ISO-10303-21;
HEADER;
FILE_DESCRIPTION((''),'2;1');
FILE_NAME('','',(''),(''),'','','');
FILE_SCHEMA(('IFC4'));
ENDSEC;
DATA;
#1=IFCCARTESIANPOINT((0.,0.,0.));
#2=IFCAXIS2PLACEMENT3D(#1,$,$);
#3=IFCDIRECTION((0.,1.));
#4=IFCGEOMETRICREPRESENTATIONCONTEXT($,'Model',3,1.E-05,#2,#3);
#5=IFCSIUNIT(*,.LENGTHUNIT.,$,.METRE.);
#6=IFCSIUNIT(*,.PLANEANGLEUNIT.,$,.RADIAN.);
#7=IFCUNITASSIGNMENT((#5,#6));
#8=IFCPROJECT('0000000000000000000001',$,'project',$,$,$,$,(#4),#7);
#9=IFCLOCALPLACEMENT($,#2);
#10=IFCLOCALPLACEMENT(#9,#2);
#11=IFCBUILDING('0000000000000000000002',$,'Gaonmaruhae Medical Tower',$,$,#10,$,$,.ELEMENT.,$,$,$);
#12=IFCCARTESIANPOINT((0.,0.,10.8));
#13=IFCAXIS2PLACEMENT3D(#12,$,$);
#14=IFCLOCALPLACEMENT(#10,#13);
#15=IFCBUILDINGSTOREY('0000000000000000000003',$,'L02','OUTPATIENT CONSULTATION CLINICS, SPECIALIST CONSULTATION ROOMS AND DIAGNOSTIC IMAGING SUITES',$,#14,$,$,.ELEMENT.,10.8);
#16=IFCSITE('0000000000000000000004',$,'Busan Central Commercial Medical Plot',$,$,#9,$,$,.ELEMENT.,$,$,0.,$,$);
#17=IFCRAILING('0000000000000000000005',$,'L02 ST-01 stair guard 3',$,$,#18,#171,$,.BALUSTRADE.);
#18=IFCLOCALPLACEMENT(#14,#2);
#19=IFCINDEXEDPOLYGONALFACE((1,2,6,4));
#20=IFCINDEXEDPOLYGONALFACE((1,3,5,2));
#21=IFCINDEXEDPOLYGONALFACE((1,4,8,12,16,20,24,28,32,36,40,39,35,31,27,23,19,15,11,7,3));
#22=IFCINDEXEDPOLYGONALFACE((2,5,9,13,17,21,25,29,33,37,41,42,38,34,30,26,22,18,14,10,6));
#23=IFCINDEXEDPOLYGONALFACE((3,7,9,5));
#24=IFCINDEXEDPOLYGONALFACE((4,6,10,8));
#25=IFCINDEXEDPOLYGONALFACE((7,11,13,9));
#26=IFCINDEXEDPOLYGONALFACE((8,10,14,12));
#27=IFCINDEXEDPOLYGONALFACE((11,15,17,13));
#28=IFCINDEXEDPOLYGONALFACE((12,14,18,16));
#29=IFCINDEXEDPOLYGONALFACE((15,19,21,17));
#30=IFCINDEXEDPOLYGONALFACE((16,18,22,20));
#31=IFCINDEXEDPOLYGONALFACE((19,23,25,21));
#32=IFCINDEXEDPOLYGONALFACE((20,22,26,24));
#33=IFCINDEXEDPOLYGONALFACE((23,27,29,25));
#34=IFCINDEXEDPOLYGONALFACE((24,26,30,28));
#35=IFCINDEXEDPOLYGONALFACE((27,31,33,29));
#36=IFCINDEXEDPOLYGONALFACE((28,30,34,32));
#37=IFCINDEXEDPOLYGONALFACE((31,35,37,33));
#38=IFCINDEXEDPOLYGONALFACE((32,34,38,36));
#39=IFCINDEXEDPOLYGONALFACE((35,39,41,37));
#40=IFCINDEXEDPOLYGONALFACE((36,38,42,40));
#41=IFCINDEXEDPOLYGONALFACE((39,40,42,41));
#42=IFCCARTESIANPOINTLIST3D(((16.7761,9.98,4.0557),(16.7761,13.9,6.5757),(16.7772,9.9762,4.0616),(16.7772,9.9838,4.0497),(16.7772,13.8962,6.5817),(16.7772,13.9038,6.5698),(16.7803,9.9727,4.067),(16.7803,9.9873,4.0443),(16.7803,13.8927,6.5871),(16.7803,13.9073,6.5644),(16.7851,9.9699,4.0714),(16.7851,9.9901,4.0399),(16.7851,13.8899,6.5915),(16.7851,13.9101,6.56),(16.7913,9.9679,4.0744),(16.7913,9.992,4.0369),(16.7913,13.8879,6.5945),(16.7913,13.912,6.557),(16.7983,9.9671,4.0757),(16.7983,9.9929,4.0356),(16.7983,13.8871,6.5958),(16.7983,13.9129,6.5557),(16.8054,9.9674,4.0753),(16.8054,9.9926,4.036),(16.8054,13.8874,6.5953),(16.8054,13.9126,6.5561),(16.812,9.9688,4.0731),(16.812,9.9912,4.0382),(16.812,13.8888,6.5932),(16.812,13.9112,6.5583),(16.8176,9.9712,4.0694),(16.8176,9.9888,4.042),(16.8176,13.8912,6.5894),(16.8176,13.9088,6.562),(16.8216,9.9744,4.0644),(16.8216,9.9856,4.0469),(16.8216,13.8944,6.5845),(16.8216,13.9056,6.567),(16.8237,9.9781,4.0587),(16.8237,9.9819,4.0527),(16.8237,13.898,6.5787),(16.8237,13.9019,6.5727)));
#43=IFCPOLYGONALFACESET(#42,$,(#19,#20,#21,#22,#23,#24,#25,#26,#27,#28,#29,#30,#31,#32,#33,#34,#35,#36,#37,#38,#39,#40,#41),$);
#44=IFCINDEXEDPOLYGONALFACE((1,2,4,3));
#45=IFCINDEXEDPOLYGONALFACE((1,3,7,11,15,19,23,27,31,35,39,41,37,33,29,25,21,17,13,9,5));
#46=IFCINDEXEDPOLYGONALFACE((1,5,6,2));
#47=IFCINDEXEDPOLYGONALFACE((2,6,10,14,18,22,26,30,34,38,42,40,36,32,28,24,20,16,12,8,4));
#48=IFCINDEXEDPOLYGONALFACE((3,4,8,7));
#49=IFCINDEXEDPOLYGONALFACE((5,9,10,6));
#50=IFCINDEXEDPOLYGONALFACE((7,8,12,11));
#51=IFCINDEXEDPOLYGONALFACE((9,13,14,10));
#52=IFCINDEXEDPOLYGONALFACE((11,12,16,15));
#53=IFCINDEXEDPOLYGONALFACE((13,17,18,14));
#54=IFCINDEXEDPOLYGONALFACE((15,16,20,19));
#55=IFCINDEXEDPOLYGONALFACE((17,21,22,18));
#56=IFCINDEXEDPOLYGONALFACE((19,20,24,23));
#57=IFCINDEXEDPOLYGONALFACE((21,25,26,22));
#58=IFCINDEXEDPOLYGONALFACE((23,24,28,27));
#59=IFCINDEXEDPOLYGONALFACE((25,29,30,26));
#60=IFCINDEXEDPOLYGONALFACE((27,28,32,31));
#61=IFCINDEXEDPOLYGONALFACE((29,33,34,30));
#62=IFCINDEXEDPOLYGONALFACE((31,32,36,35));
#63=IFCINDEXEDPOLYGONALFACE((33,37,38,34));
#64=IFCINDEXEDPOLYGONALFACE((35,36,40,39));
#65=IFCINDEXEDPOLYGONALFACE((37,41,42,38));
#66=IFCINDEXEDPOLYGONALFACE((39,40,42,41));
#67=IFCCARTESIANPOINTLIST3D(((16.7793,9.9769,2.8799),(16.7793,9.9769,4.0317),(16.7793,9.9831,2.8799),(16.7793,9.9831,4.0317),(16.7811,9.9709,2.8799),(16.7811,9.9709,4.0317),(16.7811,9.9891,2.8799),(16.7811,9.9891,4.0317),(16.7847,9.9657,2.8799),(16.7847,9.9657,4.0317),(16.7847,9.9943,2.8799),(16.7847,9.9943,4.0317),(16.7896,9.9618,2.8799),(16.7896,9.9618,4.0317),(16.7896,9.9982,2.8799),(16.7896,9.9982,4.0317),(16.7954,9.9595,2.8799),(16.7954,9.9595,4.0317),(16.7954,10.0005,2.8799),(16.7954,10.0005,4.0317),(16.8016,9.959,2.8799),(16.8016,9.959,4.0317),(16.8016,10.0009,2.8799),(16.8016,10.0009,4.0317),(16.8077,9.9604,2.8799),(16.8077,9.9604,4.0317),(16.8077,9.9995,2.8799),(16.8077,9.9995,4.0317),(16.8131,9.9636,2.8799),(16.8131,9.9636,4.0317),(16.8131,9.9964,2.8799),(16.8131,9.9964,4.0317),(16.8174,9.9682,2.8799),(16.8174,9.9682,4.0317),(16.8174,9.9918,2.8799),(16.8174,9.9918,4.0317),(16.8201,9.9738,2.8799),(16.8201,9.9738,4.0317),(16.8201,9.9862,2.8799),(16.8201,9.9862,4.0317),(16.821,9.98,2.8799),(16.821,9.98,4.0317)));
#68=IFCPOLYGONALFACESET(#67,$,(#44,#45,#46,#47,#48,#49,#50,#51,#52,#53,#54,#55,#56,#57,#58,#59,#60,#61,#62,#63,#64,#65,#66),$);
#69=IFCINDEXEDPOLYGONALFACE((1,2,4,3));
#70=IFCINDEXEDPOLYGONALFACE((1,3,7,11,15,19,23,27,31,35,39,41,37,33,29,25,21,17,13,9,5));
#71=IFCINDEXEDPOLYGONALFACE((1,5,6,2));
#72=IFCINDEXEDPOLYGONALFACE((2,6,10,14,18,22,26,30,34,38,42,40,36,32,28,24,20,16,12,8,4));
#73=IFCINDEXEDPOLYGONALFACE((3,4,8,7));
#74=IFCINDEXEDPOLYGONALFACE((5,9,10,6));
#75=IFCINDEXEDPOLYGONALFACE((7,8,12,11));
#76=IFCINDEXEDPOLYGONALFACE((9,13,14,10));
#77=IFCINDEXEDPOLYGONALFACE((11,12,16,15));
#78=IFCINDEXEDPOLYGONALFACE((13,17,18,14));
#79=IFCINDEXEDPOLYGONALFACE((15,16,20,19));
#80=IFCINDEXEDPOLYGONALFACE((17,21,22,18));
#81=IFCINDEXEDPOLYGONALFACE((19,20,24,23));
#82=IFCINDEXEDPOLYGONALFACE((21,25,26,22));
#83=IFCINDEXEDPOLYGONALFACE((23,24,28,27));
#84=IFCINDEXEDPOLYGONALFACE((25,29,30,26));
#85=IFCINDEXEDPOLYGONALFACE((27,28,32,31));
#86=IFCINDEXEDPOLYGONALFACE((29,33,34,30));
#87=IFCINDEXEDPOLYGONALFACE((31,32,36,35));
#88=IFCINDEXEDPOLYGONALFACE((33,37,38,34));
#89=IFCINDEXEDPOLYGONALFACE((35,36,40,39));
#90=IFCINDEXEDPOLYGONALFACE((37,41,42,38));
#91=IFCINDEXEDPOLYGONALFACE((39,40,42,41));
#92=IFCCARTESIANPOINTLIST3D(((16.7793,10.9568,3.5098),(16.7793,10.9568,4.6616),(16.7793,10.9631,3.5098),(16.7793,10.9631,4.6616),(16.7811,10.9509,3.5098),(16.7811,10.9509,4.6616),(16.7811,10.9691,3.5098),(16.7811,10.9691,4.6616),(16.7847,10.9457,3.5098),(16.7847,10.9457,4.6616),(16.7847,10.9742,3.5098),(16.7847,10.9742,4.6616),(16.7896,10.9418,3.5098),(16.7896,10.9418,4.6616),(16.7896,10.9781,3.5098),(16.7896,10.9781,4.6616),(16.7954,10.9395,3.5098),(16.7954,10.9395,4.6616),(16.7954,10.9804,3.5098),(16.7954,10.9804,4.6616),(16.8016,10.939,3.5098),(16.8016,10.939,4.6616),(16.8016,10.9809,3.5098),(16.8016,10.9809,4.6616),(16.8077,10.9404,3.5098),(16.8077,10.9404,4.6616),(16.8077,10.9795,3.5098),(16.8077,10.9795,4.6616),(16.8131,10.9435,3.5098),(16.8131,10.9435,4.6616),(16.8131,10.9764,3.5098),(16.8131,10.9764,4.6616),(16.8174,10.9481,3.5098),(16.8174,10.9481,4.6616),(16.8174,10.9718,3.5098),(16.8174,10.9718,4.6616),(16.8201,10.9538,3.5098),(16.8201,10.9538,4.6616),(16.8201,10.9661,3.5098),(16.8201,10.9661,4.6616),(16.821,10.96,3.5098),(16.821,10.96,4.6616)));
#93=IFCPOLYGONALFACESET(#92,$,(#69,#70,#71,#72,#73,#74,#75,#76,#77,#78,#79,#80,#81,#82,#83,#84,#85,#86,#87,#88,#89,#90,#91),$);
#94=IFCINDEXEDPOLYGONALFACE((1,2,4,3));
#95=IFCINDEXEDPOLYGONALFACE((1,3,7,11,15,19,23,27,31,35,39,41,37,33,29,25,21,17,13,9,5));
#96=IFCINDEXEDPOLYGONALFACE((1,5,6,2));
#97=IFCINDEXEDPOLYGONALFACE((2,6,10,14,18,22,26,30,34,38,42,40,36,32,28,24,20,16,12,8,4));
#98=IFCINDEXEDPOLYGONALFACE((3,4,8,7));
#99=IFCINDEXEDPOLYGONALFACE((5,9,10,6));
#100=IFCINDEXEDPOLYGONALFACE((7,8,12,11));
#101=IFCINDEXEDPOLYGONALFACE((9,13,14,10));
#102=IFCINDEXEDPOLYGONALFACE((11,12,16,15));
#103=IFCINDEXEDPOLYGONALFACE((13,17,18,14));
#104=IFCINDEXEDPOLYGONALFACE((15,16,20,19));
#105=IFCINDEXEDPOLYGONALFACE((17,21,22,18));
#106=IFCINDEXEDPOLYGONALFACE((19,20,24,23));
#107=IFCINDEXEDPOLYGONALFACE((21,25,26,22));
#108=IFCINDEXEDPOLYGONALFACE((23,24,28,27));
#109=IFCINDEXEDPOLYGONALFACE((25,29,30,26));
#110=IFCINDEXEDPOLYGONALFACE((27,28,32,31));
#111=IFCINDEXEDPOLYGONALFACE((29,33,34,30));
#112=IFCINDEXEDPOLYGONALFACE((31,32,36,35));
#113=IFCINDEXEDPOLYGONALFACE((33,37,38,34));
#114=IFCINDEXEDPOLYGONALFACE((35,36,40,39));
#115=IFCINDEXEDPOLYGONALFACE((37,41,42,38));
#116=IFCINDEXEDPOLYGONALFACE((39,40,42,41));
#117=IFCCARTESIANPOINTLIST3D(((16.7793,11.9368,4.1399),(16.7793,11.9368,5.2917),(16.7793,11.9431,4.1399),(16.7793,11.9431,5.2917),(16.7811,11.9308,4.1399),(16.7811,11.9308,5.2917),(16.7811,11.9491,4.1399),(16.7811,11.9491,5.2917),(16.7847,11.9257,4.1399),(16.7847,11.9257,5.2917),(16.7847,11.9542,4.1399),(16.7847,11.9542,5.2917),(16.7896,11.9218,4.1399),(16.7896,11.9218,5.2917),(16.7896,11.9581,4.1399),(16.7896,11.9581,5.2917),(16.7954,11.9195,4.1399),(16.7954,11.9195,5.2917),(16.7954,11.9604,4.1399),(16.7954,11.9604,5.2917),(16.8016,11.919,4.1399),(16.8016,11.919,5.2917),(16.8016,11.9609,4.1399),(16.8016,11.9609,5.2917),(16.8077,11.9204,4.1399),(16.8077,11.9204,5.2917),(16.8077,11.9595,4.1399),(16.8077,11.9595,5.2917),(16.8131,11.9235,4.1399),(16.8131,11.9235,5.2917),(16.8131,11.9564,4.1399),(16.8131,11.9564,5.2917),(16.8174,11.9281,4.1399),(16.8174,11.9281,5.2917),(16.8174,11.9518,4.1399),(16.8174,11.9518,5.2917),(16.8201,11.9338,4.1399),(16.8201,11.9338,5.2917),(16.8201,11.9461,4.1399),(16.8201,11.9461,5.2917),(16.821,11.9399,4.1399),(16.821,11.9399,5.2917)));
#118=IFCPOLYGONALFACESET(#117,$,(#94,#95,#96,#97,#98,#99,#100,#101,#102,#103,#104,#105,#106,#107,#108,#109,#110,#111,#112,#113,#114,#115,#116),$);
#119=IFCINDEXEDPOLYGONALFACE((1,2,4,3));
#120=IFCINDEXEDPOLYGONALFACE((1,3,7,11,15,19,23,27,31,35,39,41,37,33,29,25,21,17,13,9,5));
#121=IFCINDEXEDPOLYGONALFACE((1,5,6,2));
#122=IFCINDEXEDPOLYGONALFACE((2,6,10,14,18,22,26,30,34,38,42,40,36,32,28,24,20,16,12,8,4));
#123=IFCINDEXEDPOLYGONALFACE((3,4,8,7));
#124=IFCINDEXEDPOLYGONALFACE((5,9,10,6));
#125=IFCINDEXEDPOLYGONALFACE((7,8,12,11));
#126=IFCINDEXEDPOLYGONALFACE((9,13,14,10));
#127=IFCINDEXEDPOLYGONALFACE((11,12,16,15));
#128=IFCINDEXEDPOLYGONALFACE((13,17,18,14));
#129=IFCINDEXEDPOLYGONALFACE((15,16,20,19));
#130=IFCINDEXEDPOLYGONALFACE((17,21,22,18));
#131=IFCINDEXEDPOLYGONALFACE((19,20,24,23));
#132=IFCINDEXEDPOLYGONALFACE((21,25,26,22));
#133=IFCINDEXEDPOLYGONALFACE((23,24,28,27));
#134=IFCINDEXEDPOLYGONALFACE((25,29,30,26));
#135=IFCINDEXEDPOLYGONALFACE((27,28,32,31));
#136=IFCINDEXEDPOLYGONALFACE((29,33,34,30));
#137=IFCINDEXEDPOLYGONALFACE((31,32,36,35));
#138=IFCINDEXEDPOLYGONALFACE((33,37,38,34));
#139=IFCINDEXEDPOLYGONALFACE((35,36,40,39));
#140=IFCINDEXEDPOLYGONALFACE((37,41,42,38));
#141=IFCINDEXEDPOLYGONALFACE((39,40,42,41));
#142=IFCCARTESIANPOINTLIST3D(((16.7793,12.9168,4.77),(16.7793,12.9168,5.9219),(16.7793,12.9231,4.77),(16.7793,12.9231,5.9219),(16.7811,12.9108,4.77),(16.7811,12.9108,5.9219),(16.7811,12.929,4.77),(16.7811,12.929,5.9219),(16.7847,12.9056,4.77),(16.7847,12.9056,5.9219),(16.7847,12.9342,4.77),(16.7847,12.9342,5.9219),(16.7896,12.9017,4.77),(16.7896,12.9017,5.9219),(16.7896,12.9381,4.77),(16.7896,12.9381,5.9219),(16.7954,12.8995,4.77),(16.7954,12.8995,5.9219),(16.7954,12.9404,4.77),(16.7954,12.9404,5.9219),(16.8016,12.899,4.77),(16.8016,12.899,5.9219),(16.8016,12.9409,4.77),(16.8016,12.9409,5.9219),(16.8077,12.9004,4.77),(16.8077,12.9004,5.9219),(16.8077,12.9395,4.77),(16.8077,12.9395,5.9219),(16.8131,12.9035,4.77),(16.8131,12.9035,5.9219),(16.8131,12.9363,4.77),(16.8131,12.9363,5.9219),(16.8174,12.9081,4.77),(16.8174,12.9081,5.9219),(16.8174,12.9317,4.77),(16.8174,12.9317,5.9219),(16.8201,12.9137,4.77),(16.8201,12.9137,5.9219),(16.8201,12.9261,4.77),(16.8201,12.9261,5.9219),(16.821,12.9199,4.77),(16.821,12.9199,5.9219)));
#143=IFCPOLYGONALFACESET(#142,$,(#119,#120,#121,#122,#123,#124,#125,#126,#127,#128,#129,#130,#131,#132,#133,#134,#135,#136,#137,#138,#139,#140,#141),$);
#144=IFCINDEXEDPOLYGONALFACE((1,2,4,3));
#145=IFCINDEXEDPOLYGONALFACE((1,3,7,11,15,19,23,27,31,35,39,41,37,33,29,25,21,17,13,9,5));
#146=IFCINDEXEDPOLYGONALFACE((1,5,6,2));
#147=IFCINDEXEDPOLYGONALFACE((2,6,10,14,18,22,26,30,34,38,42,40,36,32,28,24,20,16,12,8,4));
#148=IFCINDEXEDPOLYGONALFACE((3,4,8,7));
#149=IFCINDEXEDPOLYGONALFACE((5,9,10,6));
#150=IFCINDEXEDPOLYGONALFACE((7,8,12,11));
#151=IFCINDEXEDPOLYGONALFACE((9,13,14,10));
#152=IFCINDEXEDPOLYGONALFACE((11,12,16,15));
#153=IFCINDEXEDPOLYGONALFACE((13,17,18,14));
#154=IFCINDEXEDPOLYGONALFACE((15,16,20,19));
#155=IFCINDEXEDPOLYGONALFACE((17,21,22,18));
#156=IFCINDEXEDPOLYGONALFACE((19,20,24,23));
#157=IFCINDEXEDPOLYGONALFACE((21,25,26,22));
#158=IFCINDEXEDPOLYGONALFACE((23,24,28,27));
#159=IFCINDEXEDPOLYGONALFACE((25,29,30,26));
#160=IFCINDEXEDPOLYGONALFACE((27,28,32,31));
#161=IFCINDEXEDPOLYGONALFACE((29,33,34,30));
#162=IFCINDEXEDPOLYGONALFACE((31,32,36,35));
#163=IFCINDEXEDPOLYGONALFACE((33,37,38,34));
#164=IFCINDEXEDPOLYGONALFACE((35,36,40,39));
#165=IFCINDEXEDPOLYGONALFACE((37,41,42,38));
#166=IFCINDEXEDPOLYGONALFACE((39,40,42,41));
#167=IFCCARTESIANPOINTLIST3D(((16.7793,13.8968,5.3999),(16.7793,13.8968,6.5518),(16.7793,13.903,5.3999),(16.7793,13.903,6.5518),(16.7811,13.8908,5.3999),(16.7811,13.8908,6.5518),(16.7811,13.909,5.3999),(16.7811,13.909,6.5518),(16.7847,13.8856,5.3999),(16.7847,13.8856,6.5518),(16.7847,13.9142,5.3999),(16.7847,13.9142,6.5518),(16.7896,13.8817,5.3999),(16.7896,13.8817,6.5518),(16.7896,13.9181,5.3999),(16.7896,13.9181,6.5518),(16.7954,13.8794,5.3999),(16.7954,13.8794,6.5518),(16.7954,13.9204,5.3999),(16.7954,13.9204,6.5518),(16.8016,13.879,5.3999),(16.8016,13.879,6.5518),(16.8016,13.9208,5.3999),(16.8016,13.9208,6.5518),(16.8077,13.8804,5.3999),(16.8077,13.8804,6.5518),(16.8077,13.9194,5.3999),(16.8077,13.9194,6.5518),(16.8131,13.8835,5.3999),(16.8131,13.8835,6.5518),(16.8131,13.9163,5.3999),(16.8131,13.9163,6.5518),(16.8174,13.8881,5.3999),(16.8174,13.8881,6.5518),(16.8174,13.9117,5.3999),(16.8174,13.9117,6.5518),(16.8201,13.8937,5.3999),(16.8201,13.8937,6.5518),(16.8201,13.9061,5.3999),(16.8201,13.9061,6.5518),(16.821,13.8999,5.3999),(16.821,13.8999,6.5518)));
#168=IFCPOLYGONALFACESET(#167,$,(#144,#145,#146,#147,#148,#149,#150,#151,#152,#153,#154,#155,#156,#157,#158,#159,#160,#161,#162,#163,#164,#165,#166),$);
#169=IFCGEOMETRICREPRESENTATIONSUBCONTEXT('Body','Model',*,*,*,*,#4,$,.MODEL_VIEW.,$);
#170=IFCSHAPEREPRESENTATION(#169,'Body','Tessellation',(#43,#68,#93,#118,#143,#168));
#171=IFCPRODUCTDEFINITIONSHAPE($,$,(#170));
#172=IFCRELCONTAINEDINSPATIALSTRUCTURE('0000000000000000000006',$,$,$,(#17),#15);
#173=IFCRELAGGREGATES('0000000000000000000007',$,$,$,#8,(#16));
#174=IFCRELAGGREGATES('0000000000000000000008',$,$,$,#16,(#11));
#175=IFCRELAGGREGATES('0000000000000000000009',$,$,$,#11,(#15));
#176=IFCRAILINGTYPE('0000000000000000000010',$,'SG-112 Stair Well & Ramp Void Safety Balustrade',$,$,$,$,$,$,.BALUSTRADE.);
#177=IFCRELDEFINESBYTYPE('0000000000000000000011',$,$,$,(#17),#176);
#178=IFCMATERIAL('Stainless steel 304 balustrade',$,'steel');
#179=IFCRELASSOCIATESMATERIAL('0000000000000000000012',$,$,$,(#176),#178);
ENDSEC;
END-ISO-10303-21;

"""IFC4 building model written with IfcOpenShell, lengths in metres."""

from ifc_helpers import new_model, si_unit, direction, frame, origin, origin_2d, place, context, subcontext, project, spatial, circle, extrude, material, type_object, element, save


model = new_model("IFC4")

# Units and contexts
model_context = context("Model", 3, precision=1e-05, world=origin(), true_north=direction((0.0, 1.0)))
body_context = subcontext(model_context, "Body", "Model", "MODEL_VIEW")
ifc_project = project(units=[si_unit("LENGTHUNIT", "METRE"), si_unit("PLANEANGLEUNIT", "RADIAN")], contexts=[model_context])

# Site, building, storey
site_placement = place(None, origin())
site = spatial("IfcSite", under=ifc_project, at=site_placement, Name="Busan Central Commercial Medical Plot", CompositionType="ELEMENT", RefElevation=0.0)
building_placement = place(site_placement, origin())
building = spatial("IfcBuilding", under=site, at=building_placement, Name="Gaonmaruhae Medical Tower", CompositionType="ELEMENT")
storey_placement = place(building_placement, frame((0.0, 0.0, 10.8)))
storey = spatial("IfcBuildingStorey", under=building, at=storey_placement, Name="L02", Description="OUTPATIENT CONSULTATION CLINICS, SPECIALIST CONSULTATION ROOMS AND DIAGNOSTIC IMAGING SUITES", CompositionType="ELEMENT", Elevation=10.8)

# Railing
ifc_material_1 = material(Name="Stainless steel 304 balustrade", Category="steel")
railing_type_1 = type_object("IfcRailingType", Name="SG-112 Stair Well & Ramp Void Safety Balustrade", PredefinedType="BALUSTRADE", material=ifc_material_1)
railing_1_placement = place(storey_placement, frame((16.8, 9.98, 2.8799)))
element("IfcRailing", 1, at=railing_1_placement, inside=storey, type_object=railing_type_1, Name="L02 ST-01 stair guard 3", PredefinedType="BALUSTRADE", context=body_context, shape_type="SweptSolid", body=[
    extrude(circle(Radius=0.0239, at=origin_2d()), frame((0.0, 0.0, 1.1758), z_axis=(0.0, 0.841172, 0.540768), x_axis=(-1.0, 0.0, 0.0)), (0.0, 0.0, 1.0), 4.6602),
    extrude(circle(Radius=0.021, at=origin_2d()), origin(), (0.0, 0.0, 1.0), 1.1519),
    extrude(circle(Radius=0.021, at=origin_2d()), frame((0.0, 0.98, 0.6299)), (0.0, 0.0, 1.0), 1.1519),
    extrude(circle(Radius=0.021, at=origin_2d()), frame((0.0, 1.96, 1.26)), (0.0, 0.0, 1.0), 1.1519),
    extrude(circle(Radius=0.021, at=origin_2d()), frame((0.0, 2.9399, 1.8901)), (0.0, 0.0, 1.0), 1.1519),
    extrude(circle(Radius=0.021, at=origin_2d()), frame((0.0, 3.9199, 2.52)), (0.0, 0.0, 1.0), 1.1519),
])

save(model, "model.ifc")
